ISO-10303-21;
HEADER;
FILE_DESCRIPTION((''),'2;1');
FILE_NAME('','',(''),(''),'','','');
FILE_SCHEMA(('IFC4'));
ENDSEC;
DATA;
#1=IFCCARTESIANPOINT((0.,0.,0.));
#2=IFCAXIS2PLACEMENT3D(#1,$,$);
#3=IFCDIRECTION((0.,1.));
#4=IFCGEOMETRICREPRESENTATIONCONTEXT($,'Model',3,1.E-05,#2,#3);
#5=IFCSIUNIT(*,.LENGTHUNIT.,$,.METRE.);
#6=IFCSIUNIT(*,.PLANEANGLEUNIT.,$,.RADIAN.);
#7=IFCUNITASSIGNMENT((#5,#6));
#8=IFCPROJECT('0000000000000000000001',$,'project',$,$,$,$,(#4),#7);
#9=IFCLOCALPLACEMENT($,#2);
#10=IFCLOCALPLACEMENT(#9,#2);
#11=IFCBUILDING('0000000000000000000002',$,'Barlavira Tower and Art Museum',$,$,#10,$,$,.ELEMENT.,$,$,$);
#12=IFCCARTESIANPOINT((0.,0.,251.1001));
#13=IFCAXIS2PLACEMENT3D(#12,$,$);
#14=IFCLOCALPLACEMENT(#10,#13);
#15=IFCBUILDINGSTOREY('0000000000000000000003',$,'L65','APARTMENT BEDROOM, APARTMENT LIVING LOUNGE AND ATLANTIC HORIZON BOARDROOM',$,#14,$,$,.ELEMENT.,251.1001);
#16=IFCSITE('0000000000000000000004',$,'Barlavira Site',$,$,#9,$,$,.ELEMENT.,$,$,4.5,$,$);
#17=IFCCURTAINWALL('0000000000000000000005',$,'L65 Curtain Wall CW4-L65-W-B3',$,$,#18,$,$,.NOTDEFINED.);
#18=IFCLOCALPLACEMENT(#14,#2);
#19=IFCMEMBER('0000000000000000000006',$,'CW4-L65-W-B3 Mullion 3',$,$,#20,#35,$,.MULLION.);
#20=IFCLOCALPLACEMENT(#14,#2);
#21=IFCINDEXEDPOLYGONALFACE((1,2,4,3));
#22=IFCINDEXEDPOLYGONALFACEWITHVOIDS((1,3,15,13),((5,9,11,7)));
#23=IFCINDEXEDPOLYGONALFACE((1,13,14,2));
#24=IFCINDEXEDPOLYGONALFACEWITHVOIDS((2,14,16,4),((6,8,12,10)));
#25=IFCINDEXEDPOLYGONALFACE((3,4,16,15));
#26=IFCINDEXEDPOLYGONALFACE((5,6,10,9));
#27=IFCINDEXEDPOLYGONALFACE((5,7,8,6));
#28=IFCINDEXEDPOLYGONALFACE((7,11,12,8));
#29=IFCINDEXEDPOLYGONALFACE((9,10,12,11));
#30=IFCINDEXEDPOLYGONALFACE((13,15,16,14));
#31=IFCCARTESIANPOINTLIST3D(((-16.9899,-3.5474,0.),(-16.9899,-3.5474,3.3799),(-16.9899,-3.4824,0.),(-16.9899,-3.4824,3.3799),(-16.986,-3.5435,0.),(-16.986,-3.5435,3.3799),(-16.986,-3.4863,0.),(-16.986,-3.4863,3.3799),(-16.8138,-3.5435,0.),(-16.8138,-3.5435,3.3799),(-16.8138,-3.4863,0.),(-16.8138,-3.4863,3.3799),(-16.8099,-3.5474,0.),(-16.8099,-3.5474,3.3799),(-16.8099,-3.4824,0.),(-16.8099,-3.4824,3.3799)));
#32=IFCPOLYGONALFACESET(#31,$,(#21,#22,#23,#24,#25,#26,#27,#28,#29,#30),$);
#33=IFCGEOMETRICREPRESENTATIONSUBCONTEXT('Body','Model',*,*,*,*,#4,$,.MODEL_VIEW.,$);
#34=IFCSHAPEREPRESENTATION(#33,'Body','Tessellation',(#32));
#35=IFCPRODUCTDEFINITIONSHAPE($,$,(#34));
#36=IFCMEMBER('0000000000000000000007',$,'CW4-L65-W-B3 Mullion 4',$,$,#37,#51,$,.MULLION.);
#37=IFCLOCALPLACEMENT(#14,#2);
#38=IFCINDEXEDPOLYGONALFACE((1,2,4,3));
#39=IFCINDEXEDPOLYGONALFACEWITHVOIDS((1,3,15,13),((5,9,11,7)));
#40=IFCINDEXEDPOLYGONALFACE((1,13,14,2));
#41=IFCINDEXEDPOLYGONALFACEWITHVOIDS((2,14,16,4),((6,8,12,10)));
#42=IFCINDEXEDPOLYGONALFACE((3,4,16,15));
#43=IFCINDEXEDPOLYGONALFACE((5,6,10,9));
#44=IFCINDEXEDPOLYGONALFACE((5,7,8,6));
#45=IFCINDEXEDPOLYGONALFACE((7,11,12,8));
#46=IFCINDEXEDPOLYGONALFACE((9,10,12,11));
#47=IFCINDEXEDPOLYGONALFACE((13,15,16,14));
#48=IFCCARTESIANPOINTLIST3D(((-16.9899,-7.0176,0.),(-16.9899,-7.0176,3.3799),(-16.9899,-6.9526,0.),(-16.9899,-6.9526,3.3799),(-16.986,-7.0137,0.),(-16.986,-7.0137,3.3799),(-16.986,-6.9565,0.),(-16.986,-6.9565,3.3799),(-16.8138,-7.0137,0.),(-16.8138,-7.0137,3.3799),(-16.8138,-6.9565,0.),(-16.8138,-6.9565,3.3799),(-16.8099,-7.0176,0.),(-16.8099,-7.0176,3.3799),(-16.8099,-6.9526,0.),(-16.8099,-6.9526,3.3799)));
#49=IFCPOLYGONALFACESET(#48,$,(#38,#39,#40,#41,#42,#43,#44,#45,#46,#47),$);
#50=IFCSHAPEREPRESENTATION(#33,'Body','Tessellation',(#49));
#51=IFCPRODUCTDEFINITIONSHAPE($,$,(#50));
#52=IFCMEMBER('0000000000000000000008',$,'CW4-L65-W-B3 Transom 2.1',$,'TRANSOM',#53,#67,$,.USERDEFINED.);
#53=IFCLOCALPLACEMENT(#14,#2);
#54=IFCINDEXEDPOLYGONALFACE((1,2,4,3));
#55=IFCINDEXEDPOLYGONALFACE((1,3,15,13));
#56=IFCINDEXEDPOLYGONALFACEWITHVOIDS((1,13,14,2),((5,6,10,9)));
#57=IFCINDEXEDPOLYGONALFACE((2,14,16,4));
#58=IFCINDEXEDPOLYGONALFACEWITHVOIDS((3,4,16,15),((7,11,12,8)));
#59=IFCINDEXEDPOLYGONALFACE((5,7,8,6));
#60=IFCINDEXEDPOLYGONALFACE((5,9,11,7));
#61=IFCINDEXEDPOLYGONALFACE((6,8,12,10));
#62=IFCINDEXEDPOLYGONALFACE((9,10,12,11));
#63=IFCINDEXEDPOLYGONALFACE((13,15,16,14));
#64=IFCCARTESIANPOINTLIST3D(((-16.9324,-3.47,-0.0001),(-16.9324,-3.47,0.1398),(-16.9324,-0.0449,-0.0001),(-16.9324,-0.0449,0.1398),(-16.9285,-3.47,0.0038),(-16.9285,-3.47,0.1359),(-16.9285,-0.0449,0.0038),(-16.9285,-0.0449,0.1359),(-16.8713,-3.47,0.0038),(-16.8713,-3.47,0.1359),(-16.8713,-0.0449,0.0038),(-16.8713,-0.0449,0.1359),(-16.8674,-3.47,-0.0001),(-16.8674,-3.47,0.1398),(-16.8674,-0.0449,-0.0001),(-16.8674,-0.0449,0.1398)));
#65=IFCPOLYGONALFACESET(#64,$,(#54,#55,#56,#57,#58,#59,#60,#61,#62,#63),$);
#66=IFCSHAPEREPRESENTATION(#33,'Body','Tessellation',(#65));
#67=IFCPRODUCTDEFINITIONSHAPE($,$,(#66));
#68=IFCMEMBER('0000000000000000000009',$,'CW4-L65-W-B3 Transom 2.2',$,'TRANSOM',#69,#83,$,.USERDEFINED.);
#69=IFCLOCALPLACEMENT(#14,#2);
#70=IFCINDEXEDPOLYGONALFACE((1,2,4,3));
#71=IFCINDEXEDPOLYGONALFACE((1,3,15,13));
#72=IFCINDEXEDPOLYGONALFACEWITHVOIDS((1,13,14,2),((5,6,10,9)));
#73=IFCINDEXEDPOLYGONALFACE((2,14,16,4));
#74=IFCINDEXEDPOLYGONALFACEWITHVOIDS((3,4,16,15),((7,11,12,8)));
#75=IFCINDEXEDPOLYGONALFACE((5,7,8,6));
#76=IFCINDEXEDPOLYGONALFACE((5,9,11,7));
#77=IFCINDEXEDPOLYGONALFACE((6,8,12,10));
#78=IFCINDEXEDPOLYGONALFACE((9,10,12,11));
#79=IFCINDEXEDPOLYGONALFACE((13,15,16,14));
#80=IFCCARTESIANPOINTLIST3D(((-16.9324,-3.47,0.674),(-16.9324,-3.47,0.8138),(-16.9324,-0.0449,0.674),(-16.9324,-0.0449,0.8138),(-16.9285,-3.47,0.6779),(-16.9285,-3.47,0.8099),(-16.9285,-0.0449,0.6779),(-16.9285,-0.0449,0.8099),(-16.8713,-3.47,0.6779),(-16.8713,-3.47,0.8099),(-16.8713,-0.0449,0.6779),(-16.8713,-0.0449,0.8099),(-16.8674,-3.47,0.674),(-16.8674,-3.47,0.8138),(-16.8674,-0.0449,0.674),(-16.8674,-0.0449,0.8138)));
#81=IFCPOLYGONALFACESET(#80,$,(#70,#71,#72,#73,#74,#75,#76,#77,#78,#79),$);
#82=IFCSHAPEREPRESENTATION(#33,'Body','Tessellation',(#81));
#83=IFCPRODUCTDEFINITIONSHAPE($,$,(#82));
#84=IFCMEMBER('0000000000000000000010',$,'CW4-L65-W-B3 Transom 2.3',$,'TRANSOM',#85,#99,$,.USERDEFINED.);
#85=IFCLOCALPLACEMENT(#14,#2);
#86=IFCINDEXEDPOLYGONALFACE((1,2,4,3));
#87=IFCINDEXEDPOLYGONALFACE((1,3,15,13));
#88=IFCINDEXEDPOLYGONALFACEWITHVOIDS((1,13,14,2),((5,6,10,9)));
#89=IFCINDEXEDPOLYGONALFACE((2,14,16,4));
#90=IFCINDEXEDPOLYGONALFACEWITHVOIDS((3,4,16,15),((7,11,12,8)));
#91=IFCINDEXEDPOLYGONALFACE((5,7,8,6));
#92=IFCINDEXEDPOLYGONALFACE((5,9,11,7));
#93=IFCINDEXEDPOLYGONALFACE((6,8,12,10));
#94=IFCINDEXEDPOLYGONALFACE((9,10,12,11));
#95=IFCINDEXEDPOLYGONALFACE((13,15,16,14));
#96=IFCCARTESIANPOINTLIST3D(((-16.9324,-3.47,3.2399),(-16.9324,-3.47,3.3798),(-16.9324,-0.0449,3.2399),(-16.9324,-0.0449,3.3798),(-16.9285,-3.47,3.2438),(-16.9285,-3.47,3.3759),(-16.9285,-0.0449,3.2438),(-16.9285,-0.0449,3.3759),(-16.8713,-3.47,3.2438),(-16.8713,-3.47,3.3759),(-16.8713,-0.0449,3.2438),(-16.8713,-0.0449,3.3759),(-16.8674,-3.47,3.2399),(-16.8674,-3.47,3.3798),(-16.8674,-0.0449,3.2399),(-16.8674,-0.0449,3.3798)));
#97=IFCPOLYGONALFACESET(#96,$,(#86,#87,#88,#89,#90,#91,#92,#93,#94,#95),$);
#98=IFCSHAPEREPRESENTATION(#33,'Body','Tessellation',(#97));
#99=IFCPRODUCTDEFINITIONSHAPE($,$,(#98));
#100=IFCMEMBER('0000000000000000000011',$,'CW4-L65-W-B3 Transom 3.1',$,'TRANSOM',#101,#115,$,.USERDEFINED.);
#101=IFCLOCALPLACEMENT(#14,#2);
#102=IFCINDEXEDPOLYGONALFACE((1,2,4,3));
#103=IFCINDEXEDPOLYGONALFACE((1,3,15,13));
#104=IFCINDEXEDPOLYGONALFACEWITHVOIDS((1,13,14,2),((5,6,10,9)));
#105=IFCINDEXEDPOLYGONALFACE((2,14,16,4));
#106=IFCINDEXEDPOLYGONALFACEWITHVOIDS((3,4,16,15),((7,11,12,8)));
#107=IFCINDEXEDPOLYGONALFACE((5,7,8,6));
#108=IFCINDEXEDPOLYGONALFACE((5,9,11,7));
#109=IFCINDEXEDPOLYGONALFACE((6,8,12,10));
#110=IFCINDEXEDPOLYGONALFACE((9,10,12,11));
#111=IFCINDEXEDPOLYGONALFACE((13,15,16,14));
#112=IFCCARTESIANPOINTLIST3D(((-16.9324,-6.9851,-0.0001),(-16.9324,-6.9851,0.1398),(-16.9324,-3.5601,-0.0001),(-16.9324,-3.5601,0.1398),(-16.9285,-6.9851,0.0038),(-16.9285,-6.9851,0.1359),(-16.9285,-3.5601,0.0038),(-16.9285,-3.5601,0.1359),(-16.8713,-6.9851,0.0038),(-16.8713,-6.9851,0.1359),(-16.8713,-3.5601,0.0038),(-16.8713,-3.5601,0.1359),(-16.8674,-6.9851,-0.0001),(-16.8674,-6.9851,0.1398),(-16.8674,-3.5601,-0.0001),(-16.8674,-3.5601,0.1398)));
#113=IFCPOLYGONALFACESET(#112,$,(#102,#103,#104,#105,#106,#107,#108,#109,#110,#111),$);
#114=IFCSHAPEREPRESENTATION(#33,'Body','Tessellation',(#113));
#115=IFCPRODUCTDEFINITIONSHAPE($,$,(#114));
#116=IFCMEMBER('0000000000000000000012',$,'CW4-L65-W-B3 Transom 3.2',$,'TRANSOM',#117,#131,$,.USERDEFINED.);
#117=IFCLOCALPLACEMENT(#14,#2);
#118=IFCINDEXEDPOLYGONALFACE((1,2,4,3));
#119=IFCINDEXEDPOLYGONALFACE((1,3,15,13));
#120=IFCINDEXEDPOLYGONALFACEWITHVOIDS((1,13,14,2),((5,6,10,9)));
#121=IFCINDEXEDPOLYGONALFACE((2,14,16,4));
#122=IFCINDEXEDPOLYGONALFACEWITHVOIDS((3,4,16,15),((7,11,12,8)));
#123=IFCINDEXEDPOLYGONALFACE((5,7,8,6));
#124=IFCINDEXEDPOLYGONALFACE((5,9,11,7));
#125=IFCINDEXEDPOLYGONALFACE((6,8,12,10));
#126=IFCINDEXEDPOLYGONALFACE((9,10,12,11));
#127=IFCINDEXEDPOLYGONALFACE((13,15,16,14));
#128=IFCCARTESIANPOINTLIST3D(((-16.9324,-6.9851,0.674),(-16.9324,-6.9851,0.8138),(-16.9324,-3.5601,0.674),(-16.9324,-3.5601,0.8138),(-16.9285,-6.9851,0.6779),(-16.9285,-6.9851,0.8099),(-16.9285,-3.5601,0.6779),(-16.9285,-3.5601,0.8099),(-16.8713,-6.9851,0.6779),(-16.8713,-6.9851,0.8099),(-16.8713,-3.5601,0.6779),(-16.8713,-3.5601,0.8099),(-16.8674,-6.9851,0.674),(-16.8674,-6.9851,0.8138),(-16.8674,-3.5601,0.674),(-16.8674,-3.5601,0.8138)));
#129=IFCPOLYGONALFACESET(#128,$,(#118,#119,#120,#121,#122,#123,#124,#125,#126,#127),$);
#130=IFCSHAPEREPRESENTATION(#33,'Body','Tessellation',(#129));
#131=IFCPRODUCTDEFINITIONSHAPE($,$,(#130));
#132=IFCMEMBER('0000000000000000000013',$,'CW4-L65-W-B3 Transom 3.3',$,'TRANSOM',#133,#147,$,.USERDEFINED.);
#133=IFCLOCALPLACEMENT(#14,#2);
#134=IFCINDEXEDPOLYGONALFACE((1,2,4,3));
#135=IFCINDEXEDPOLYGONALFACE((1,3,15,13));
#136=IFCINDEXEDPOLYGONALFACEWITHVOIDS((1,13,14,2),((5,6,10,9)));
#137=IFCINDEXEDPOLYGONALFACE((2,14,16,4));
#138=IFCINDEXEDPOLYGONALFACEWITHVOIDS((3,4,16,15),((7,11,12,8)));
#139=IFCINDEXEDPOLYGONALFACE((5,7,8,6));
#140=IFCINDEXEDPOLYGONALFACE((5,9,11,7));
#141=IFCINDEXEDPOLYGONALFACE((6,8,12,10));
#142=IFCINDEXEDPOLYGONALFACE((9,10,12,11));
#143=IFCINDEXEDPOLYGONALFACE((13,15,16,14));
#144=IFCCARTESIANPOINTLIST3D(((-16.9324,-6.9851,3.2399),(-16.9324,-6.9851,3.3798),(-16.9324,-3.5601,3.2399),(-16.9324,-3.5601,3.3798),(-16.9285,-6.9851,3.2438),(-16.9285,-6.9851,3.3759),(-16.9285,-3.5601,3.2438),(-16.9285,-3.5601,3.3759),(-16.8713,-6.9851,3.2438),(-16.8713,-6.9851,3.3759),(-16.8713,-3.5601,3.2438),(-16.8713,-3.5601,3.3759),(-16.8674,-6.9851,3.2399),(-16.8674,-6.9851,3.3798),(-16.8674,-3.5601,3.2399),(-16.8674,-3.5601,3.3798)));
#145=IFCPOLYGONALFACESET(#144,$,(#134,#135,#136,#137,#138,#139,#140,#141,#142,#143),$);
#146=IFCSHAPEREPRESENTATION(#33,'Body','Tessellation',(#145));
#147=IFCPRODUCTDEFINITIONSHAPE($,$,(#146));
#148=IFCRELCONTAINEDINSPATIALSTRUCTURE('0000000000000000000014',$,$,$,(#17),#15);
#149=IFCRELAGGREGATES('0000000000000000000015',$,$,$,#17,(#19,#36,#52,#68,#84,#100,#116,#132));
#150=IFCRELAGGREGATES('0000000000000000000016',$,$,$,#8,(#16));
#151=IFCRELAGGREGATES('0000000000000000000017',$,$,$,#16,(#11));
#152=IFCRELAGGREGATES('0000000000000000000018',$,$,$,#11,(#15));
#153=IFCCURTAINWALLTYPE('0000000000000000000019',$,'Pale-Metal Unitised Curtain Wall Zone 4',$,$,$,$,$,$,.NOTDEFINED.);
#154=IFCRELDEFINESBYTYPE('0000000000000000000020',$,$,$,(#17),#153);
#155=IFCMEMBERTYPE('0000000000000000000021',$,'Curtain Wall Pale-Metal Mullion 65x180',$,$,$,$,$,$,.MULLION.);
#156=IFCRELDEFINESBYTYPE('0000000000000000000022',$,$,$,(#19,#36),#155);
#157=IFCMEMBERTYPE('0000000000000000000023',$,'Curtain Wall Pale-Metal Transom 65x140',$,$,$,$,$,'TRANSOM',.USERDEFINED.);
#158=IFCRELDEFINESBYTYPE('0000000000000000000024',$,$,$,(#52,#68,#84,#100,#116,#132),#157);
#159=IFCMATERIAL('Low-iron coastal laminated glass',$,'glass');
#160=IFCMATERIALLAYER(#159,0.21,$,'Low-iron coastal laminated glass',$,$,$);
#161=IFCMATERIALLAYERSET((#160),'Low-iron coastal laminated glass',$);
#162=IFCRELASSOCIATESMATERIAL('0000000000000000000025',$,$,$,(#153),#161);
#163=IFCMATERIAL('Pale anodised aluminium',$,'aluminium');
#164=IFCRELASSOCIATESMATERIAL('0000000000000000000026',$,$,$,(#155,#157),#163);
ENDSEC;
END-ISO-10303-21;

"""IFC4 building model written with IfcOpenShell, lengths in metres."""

from ifc_helpers import new_model, si_unit, direction, frame, origin, origin_2d, place, context, subcontext, project, spatial, hollow_rectangle, extrude, material, layer, layer_set, material_profile, profile_set, type_object, element, aggregate, save


model = new_model("IFC4")

# Units and contexts
model_context = context("Model", 3, precision=1e-05, world=origin(), true_north=direction((0.0, 1.0)))
body_context = subcontext(model_context, "Body", "Model", "MODEL_VIEW")
ifc_project = project(units=[si_unit("LENGTHUNIT", "METRE"), si_unit("PLANEANGLEUNIT", "RADIAN")], contexts=[model_context])

# Site, building, storey
site_placement = place(None, origin())
site = spatial("IfcSite", under=ifc_project, at=site_placement, Name="Barlavira Site", CompositionType="ELEMENT", RefElevation=4.5)
building_placement = place(site_placement, origin())
building = spatial("IfcBuilding", under=site, at=building_placement, Name="Barlavira Tower and Art Museum", CompositionType="ELEMENT")
storey_placement = place(building_placement, frame((0.0, 0.0, 251.1001)))
storey = spatial("IfcBuildingStorey", under=building, at=storey_placement, Name="L65", Description="APARTMENT BEDROOM, APARTMENT LIVING LOUNGE AND ATLANTIC HORIZON BOARDROOM", CompositionType="ELEMENT", Elevation=251.1001)

# Curtain wall, members
ifc_material_1 = material(Name="Low-iron coastal laminated glass", Category="glass")
ifc_layer_1 = layer(ifc_material_1, 0.21, Name="Low-iron coastal laminated glass")
ifc_layer_set_1 = layer_set([ifc_layer_1], Name="Low-iron coastal laminated glass")
curtain_wall_type = type_object("IfcCurtainWallType", Name="Pale-Metal Unitised Curtain Wall Zone 4", PredefinedType="NOTDEFINED", material=ifc_layer_set_1)
curtain_wall_placement = place(storey_placement, origin())
curtain_wall = element("IfcCurtainWall", 1, at=curtain_wall_placement, inside=storey, type_object=curtain_wall_type, Name="L65 Curtain Wall CW4-L65-W-B3", PredefinedType="NOTDEFINED")
ifc_material_2 = material(Name="Pale anodised aluminium", Category="aluminium")
ifc_material_profile_1 = material_profile(ifc_material_2, hollow_rectangle(XDim=0.0649, YDim=0.1799, WallThickness=0.0039, at=origin_2d()), Name="ALU-MULL 65x180x4")
ifc_profile_set_1 = profile_set([ifc_material_profile_1], Name="Pale anodised aluminium")
member_type_1 = type_object("IfcMemberType", Name="Curtain Wall Pale-Metal Mullion 65x180", PredefinedType="MULLION", material=ifc_profile_set_1)
member_1_placement = place(storey_placement, frame((-16.8999, -3.5149, 0.0), z_axis=(0.0, 0.0, 1.0), x_axis=(0.0, -1.0, 0.0)))
member_1 = element("IfcMember", 2, at=member_1_placement, type_object=member_type_1, Name="CW4-L65-W-B3 Mullion 3", PredefinedType="MULLION", context=body_context, shape_type="SweptSolid", body=[
    extrude(hollow_rectangle(XDim=0.0649, YDim=0.1799, WallThickness=0.0039, at=origin_2d()), origin(), (0.0, 0.0, 1.0), 3.3799),
])
member_2_placement = place(storey_placement, frame((-16.8999, -6.9851, 0.0), z_axis=(0.0, 0.0, 1.0), x_axis=(0.0, -1.0, 0.0)))
member_2 = element("IfcMember", 3, at=member_2_placement, type_object=member_type_1, Name="CW4-L65-W-B3 Mullion 4", PredefinedType="MULLION", context=body_context, shape_type="SweptSolid", body=[
    extrude(hollow_rectangle(XDim=0.0649, YDim=0.1799, WallThickness=0.0039, at=origin_2d()), origin(), (0.0, 0.0, 1.0), 3.3799),
])
ifc_material_profile_2 = material_profile(ifc_material_2, hollow_rectangle(XDim=0.0649, YDim=0.1399, WallThickness=0.0039, at=origin_2d()), Name="ALU-TRAN 65x140x4")
ifc_profile_set_2 = profile_set([ifc_material_profile_2], Name="Pale anodised aluminium")
member_type_2 = type_object("IfcMemberType", Name="Curtain Wall Pale-Metal Transom 65x140", ElementType="TRANSOM", PredefinedType="USERDEFINED", material=ifc_profile_set_2)
member_3_placement = place(storey_placement, frame((-16.8999, -0.0449, 0.0698), z_axis=(0.0, -1.0, 0.0), x_axis=(1.0, 0.0, 0.0)))
member_3 = element("IfcMember", 4, at=member_3_placement, type_object=member_type_2, Name="CW4-L65-W-B3 Transom 2.1", ObjectType="TRANSOM", PredefinedType="USERDEFINED", context=body_context, shape_type="SweptSolid", body=[
    extrude(hollow_rectangle(XDim=0.0649, YDim=0.1399, WallThickness=0.0039, at=origin_2d()), origin(), (0.0, 0.0, 1.0), 3.425),
])
member_4_placement = place(storey_placement, frame((-16.8999, -0.0449, 0.7439), z_axis=(0.0, -1.0, 0.0), x_axis=(1.0, 0.0, 0.0)))
member_4 = element("IfcMember", 5, at=member_4_placement, type_object=member_type_2, Name="CW4-L65-W-B3 Transom 2.2", ObjectType="TRANSOM", PredefinedType="USERDEFINED", context=body_context, shape_type="SweptSolid", body=[
    extrude(hollow_rectangle(XDim=0.0649, YDim=0.1399, WallThickness=0.0039, at=origin_2d()), origin(), (0.0, 0.0, 1.0), 3.425),
])
member_5_placement = place(storey_placement, frame((-16.8999, -0.0449, 3.3098), z_axis=(0.0, -1.0, 0.0), x_axis=(1.0, 0.0, 0.0)))
member_5 = element("IfcMember", 6, at=member_5_placement, type_object=member_type_2, Name="CW4-L65-W-B3 Transom 2.3", ObjectType="TRANSOM", PredefinedType="USERDEFINED", context=body_context, shape_type="SweptSolid", body=[
    extrude(hollow_rectangle(XDim=0.0649, YDim=0.1399, WallThickness=0.0039, at=origin_2d()), origin(), (0.0, 0.0, 1.0), 3.425),
])
member_6_placement = place(storey_placement, frame((-16.8999, -3.5601, 0.0698), z_axis=(0.0, -1.0, 0.0), x_axis=(1.0, 0.0, 0.0)))
member_6 = element("IfcMember", 7, at=member_6_placement, type_object=member_type_2, Name="CW4-L65-W-B3 Transom 3.1", ObjectType="TRANSOM", PredefinedType="USERDEFINED", context=body_context, shape_type="SweptSolid", body=[
    extrude(hollow_rectangle(XDim=0.0649, YDim=0.1399, WallThickness=0.0039, at=origin_2d()), origin(), (0.0, 0.0, 1.0), 3.425),
])
member_7_placement = place(storey_placement, frame((-16.8999, -3.5601, 0.7439), z_axis=(0.0, -1.0, 0.0), x_axis=(1.0, 0.0, 0.0)))
member_7 = element("IfcMember", 8, at=member_7_placement, type_object=member_type_2, Name="CW4-L65-W-B3 Transom 3.2", ObjectType="TRANSOM", PredefinedType="USERDEFINED", context=body_context, shape_type="SweptSolid", body=[
    extrude(hollow_rectangle(XDim=0.0649, YDim=0.1399, WallThickness=0.0039, at=origin_2d()), origin(), (0.0, 0.0, 1.0), 3.425),
])
member_8_placement = place(storey_placement, frame((-16.8999, -3.5601, 3.3098), z_axis=(0.0, -1.0, 0.0), x_axis=(1.0, 0.0, 0.0)))
member_8 = element("IfcMember", 9, at=member_8_placement, type_object=member_type_2, Name="CW4-L65-W-B3 Transom 3.3", ObjectType="TRANSOM", PredefinedType="USERDEFINED", context=body_context, shape_type="SweptSolid", body=[
    extrude(hollow_rectangle(XDim=0.0649, YDim=0.1399, WallThickness=0.0039, at=origin_2d()), origin(), (0.0, 0.0, 1.0), 3.425),
])

aggregate(curtain_wall, [member_1, member_2, member_3, member_4, member_5, member_6, member_7, member_8])

save(model, "model.ifc")
